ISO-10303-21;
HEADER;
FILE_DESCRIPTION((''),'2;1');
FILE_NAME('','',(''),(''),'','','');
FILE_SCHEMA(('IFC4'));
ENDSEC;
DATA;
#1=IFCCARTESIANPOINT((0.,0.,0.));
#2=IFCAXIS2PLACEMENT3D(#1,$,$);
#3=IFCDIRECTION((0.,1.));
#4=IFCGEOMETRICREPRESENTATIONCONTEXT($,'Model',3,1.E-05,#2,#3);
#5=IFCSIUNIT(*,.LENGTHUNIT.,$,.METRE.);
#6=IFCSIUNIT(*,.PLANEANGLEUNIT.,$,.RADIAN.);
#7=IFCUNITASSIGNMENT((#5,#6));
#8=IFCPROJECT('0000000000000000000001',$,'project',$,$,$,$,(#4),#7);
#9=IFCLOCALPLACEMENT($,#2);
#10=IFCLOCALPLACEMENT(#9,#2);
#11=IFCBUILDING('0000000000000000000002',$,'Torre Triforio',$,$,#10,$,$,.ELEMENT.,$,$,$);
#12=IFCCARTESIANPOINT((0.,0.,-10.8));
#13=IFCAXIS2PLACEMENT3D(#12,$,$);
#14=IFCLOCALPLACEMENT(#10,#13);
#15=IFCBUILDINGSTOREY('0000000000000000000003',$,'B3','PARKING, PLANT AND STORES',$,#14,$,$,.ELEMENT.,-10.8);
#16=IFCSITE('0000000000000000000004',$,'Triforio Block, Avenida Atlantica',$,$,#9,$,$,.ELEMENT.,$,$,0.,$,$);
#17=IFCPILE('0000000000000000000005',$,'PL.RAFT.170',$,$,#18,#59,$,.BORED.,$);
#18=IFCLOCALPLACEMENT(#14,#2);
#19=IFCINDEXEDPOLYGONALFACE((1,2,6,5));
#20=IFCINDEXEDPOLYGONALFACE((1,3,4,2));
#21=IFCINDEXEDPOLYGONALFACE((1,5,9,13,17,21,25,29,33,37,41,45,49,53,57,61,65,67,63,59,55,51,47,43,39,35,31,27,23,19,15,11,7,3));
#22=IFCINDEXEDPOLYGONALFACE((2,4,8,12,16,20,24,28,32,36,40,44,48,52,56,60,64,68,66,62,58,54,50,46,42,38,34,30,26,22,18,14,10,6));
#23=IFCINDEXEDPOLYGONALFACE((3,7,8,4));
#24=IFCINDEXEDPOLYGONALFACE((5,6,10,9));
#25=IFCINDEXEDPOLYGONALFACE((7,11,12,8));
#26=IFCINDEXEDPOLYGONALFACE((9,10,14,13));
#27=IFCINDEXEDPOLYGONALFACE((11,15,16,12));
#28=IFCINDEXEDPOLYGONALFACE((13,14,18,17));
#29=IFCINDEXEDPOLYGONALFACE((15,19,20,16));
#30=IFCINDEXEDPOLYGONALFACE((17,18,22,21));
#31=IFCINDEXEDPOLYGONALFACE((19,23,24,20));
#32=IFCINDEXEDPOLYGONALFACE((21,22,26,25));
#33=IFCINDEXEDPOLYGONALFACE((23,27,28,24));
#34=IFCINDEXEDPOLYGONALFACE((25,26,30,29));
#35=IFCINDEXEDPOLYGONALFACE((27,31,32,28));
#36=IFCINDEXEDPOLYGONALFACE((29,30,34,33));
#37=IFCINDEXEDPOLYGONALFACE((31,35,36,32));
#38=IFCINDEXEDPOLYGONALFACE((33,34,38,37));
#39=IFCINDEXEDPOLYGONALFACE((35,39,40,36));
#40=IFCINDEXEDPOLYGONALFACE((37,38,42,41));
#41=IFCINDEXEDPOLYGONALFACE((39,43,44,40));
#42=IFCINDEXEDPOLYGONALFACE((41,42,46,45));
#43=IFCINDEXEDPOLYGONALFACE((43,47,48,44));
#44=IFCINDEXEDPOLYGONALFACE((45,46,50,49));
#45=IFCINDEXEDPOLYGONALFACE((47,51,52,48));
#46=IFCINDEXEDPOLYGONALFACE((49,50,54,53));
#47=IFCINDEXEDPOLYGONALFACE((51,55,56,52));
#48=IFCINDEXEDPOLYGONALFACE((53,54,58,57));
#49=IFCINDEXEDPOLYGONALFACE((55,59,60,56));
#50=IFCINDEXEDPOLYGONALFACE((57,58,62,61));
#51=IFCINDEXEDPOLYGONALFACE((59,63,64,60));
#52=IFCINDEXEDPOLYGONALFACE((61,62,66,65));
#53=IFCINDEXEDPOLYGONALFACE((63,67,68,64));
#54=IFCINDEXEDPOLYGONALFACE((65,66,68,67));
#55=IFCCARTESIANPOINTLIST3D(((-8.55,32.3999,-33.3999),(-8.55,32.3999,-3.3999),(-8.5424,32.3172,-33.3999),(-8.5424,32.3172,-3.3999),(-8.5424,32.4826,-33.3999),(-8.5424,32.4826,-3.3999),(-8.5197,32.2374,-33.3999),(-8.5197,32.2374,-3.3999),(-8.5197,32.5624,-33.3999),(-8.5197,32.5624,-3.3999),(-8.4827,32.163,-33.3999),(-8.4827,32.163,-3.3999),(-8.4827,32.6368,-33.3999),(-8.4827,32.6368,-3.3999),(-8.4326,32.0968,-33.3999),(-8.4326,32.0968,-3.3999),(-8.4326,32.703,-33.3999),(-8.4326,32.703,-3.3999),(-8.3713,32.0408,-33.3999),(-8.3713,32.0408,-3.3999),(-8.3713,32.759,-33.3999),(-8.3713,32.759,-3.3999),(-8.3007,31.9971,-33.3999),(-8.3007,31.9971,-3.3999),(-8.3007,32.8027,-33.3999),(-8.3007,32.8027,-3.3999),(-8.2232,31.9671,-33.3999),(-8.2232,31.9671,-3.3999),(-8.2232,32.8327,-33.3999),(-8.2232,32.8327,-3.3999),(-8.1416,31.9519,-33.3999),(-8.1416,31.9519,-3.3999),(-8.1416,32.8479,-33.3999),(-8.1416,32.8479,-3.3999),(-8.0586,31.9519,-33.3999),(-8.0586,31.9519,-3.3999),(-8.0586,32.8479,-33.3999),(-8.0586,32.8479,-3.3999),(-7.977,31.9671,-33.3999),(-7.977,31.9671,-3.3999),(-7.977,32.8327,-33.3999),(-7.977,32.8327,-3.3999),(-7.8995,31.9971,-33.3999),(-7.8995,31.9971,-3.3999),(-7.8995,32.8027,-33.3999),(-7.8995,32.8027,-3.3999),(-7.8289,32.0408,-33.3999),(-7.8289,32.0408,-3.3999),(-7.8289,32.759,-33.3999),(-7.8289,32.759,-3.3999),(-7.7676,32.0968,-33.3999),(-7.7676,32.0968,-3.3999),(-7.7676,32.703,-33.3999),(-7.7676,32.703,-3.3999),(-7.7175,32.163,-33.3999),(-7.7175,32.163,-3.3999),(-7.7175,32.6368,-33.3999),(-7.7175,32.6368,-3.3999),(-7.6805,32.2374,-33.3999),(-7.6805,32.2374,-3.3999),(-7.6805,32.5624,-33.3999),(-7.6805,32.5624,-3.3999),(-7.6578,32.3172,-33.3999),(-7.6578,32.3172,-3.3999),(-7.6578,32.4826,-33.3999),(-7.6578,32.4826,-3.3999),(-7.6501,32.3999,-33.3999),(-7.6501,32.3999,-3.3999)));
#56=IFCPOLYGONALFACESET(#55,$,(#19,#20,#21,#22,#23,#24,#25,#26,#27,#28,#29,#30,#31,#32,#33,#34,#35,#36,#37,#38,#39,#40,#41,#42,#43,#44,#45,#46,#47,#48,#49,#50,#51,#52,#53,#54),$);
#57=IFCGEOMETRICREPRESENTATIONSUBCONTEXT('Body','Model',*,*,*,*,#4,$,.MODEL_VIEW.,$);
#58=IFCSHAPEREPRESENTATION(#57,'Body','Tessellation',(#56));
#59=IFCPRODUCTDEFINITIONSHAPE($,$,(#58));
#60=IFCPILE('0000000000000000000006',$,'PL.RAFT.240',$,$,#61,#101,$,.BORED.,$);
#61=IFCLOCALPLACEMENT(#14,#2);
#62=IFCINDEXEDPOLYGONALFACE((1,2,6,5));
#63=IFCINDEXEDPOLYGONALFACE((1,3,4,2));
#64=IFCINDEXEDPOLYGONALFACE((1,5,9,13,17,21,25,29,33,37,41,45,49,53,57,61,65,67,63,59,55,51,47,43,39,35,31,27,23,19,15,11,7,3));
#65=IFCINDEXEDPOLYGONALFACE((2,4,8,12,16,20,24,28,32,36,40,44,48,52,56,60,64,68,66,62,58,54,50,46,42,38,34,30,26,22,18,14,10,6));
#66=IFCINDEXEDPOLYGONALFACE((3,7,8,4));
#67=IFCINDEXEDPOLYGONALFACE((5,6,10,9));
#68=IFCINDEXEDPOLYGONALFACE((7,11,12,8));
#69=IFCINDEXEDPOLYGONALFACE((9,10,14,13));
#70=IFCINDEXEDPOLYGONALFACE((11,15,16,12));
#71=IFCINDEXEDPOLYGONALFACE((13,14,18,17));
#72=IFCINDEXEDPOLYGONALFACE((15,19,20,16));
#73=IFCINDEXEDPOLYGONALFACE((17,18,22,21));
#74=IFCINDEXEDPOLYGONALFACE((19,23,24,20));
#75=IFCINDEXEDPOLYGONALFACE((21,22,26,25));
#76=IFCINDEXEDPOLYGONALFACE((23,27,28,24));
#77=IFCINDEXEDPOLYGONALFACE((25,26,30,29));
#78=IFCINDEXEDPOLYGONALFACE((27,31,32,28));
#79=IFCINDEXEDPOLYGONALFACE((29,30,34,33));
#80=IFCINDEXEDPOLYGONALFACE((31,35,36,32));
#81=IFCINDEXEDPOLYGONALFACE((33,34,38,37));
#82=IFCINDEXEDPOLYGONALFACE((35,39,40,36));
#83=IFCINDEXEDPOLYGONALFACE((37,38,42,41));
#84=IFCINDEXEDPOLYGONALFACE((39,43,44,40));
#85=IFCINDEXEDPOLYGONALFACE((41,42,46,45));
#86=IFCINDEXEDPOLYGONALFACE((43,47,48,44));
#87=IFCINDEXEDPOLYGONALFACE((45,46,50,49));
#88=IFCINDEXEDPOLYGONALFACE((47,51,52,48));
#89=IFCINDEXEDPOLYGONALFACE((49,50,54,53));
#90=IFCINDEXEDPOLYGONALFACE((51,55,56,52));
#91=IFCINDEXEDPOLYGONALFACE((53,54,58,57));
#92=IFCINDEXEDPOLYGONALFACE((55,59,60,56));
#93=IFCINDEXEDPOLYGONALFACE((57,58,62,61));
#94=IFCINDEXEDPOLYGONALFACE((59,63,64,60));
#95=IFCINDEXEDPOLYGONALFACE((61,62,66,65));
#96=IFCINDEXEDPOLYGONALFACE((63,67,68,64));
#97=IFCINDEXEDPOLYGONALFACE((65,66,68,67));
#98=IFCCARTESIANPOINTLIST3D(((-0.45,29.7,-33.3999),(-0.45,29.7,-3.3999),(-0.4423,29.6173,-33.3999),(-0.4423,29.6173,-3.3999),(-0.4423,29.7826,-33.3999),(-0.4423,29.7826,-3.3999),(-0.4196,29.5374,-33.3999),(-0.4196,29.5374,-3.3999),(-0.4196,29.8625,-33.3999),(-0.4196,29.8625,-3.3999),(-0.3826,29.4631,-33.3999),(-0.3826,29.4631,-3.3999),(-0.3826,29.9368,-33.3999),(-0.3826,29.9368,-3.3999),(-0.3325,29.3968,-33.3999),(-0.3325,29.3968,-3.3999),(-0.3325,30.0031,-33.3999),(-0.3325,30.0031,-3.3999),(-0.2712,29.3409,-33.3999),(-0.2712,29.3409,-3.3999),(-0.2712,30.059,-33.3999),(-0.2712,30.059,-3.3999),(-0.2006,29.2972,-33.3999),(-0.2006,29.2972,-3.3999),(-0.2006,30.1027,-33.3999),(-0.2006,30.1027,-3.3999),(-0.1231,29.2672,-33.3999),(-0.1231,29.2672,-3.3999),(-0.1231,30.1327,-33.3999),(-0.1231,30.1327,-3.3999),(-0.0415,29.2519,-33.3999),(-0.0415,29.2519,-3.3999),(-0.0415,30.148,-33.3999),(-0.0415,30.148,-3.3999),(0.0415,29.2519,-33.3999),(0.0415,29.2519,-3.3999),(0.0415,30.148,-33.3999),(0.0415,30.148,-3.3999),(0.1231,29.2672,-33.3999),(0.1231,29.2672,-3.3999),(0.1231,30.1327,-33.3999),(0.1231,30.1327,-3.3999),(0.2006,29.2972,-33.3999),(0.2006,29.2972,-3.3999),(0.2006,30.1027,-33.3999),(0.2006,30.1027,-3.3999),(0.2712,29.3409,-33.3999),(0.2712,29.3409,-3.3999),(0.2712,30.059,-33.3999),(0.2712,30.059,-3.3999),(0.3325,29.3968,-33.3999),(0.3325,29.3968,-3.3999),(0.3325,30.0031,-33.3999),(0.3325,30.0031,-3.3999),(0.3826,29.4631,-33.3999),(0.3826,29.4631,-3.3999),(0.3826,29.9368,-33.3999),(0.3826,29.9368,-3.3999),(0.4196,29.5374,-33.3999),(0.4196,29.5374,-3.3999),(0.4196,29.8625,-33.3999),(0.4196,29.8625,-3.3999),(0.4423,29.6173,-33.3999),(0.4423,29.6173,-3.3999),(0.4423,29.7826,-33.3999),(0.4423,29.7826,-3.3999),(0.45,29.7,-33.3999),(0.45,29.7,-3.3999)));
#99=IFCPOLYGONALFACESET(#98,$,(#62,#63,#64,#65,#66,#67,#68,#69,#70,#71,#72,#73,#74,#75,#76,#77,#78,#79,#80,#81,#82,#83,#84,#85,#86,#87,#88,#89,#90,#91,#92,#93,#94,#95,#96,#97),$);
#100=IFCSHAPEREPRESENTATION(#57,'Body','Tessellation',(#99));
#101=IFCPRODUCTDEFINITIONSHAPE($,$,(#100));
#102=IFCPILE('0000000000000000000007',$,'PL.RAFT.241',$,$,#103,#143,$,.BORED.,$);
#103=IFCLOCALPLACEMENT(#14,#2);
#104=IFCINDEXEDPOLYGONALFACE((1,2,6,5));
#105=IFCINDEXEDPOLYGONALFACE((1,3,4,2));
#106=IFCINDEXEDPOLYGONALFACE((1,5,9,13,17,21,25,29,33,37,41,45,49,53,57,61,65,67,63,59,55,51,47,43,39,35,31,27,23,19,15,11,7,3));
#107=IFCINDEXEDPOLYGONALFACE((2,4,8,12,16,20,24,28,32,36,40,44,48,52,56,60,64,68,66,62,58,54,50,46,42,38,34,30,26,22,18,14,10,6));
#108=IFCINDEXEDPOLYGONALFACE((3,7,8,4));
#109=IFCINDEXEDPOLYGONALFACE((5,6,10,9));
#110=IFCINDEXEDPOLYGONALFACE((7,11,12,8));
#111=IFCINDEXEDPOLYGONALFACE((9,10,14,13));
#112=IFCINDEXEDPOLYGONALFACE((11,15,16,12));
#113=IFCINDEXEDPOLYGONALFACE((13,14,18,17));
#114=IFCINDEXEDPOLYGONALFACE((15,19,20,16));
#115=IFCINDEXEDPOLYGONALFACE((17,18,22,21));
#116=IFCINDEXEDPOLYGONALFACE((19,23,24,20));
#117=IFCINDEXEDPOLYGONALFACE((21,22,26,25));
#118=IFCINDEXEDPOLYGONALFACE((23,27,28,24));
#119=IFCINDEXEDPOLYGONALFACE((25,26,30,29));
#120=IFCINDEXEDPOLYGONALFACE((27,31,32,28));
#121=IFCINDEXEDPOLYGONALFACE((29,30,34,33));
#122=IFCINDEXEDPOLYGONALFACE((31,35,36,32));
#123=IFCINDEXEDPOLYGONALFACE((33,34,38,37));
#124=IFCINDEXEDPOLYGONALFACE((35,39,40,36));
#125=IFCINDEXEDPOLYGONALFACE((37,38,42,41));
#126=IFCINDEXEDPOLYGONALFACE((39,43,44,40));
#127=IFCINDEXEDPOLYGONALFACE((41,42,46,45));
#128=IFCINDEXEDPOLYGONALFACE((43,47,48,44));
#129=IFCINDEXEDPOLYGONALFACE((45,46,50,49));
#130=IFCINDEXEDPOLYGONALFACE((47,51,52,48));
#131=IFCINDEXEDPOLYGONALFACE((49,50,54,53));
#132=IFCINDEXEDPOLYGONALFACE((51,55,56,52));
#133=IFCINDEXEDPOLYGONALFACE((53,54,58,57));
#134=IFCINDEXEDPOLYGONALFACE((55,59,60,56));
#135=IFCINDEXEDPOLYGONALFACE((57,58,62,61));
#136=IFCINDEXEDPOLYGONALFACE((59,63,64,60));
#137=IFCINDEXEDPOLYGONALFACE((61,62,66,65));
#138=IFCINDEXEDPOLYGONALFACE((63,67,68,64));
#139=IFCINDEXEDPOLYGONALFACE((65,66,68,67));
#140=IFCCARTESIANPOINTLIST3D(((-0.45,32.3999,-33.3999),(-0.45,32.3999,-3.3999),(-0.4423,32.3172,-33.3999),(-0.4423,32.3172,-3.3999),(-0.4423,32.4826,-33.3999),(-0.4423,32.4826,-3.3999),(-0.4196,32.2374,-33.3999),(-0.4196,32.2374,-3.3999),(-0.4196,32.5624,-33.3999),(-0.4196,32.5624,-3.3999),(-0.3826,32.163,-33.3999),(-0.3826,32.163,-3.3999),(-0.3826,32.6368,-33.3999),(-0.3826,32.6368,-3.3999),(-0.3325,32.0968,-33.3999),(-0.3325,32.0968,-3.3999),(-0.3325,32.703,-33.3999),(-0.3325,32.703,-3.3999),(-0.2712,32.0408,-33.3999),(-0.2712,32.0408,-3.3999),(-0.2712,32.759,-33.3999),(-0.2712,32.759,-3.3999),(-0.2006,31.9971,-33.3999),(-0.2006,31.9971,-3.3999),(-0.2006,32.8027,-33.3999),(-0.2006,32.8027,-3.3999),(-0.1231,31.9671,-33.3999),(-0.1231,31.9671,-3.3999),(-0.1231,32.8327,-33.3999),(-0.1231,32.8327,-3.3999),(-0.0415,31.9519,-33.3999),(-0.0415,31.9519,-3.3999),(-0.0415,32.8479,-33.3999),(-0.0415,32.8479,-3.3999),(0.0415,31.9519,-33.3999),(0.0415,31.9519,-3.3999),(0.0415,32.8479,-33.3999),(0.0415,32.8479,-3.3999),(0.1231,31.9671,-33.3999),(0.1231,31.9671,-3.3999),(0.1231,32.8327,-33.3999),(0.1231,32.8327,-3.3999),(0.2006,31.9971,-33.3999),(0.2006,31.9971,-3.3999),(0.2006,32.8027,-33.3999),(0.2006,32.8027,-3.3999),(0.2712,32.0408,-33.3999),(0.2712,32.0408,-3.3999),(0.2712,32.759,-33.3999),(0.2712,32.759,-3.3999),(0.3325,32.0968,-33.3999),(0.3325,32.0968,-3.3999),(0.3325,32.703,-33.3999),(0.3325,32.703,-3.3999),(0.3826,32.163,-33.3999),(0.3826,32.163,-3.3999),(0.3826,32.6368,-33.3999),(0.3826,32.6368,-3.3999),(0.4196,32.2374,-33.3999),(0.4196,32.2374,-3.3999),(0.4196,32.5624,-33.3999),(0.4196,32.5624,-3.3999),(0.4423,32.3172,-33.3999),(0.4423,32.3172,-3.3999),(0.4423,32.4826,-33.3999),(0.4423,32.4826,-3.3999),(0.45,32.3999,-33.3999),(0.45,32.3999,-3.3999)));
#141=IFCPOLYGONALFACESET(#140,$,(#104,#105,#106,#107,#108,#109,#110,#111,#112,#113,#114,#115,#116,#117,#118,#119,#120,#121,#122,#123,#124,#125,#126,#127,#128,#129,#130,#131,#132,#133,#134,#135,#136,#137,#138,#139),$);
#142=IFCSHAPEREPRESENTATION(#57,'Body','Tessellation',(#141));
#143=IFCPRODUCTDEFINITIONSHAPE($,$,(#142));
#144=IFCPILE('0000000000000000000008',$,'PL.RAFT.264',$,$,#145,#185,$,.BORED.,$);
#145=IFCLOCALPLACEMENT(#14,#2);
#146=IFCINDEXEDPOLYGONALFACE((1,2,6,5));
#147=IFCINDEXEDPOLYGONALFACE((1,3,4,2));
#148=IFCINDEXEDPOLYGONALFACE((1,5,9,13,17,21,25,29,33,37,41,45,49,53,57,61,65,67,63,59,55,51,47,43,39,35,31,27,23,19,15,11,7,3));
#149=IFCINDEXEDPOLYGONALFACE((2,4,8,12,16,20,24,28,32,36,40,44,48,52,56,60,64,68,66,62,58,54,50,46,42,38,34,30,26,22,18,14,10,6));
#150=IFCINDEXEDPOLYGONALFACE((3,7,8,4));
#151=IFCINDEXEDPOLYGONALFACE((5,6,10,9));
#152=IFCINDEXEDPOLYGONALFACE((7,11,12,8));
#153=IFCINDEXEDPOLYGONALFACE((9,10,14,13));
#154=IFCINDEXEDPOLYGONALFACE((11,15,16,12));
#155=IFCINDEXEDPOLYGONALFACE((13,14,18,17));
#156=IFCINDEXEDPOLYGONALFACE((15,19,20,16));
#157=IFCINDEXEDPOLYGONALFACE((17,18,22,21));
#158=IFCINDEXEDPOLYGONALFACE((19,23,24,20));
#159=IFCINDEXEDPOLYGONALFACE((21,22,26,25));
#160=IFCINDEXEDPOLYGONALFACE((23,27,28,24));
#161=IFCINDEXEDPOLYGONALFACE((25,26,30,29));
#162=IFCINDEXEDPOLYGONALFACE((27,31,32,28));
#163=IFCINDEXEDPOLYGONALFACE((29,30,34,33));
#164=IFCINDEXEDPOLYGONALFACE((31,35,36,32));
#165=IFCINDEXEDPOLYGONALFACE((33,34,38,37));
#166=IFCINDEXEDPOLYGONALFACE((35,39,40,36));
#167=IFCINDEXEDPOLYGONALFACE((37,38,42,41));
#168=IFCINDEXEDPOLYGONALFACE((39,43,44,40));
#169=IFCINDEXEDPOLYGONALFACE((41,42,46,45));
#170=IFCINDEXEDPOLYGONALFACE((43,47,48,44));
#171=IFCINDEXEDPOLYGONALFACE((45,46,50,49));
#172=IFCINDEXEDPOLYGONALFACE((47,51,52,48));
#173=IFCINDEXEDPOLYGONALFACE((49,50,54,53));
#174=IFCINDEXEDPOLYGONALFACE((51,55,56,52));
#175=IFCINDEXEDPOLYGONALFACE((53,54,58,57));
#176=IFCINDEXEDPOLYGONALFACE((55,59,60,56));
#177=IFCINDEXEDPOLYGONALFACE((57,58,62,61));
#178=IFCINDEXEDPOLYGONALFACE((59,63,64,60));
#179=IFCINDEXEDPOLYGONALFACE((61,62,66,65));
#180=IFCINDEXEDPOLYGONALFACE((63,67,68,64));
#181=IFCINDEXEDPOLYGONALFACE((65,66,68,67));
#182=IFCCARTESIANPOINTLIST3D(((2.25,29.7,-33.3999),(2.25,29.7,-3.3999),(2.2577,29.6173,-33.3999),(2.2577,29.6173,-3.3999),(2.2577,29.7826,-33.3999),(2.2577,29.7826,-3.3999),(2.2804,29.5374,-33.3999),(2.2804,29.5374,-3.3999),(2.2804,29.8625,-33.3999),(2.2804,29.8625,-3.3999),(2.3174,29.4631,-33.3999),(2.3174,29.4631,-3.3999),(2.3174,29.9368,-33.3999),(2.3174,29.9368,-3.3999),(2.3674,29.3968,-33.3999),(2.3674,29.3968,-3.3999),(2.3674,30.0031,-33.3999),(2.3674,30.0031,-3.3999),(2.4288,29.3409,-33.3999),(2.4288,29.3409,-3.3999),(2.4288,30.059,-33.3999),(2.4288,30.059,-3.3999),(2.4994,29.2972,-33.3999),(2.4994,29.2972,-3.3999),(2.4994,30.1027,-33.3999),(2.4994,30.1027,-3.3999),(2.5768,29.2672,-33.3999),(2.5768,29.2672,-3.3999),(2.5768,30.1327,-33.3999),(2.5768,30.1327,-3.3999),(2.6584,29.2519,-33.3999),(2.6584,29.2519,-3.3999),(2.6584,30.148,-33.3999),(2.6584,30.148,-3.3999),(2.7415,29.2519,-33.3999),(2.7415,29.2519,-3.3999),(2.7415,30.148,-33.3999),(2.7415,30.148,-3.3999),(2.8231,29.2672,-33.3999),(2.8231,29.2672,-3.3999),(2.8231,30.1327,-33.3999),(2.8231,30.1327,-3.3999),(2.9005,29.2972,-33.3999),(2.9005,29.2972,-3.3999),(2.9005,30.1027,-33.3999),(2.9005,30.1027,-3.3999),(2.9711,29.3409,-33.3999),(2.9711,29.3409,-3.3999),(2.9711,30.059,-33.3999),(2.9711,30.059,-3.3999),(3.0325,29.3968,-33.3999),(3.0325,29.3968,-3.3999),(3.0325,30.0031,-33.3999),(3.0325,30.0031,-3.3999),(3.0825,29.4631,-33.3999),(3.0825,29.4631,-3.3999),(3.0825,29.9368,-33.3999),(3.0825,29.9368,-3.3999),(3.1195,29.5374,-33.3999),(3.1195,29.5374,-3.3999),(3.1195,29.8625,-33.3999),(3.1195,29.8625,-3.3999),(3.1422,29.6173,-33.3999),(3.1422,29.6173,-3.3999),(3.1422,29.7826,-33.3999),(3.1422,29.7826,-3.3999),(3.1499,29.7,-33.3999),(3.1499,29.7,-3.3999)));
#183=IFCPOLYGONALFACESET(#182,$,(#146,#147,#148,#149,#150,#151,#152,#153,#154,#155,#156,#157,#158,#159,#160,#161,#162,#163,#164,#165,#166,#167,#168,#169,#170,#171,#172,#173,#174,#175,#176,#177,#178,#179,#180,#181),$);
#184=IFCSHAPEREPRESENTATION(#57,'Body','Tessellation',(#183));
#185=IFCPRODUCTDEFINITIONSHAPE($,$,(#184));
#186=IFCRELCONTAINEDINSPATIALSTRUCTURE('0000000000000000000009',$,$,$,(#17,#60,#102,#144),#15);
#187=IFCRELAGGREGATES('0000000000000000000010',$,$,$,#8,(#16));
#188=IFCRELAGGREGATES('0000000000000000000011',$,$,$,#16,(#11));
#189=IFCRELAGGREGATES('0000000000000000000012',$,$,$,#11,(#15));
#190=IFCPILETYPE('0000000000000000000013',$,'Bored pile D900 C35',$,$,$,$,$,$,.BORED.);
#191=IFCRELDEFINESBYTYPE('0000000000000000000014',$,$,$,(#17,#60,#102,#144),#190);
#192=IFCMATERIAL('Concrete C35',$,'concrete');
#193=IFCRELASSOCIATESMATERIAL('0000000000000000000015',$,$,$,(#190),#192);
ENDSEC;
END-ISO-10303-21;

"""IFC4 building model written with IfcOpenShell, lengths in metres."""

from ifc_helpers import new_model, si_unit, direction, frame, origin, origin_2d, place, context, subcontext, project, spatial, circle, extrude, material, material_profile, profile_set, type_object, element, save


model = new_model("IFC4")

# Units and contexts
model_context = context("Model", 3, precision=1e-05, world=origin(), true_north=direction((0.0, 1.0)))
body_context = subcontext(model_context, "Body", "Model", "MODEL_VIEW")
ifc_project = project(units=[si_unit("LENGTHUNIT", "METRE"), si_unit("PLANEANGLEUNIT", "RADIAN")], contexts=[model_context])

# Site, building, storey
site_placement = place(None, origin())
site = spatial("IfcSite", under=ifc_project, at=site_placement, Name="Triforio Block, Avenida Atlantica", CompositionType="ELEMENT", RefElevation=0.0)
building_placement = place(site_placement, origin())
building = spatial("IfcBuilding", under=site, at=building_placement, Name="Torre Triforio", CompositionType="ELEMENT")
storey_placement = place(building_placement, frame((0.0, 0.0, -10.8)))
storey = spatial("IfcBuildingStorey", under=building, at=storey_placement, Name="B3", Description="PARKING, PLANT AND STORES", CompositionType="ELEMENT", Elevation=-10.8)

# Piles
ifc_material_1 = material(Name="Concrete C35", Category="concrete")
ifc_material_profile_1 = material_profile(ifc_material_1, circle(Radius=0.45, at=origin_2d()), Name="RC D900")
ifc_profile_set_1 = profile_set([ifc_material_profile_1], Name="Concrete C35")
pile_type = type_object("IfcPileType", Name="Bored pile D900 C35", PredefinedType="BORED", material=ifc_profile_set_1)
for number, where, z_axis, x_axis, name in (
    (1, (-8.1001, 32.3999, -3.3999), (0.0, 0.0, -1.0), (1.0, 0.0, 0.0), "PL.RAFT.170"),
    (2, (0.0, 29.7, -3.3999), (0.0, 0.0, -1.0), (1.0, 0.0, 0.0), "PL.RAFT.240"),
    (3, (0.0, 32.3999, -3.3999), (0.0, 0.0, -1.0), (1.0, 0.0, 0.0), "PL.RAFT.241"),
    (4, (2.7, 29.7, -3.3999), (0.0, 0.0, -1.0), (1.0, 0.0, 0.0), "PL.RAFT.264"),
):
    element("IfcPile", number, at=place(storey_placement, frame(where, z_axis=z_axis, x_axis=x_axis)), inside=storey, type_object=pile_type, Name=name, PredefinedType="BORED", context=body_context, shape_type="SweptSolid", body=[
        extrude(circle(Radius=0.45, at=origin_2d()), origin(), (0.0, 0.0, 1.0), 30.0),
    ])

save(model, "model.ifc")
